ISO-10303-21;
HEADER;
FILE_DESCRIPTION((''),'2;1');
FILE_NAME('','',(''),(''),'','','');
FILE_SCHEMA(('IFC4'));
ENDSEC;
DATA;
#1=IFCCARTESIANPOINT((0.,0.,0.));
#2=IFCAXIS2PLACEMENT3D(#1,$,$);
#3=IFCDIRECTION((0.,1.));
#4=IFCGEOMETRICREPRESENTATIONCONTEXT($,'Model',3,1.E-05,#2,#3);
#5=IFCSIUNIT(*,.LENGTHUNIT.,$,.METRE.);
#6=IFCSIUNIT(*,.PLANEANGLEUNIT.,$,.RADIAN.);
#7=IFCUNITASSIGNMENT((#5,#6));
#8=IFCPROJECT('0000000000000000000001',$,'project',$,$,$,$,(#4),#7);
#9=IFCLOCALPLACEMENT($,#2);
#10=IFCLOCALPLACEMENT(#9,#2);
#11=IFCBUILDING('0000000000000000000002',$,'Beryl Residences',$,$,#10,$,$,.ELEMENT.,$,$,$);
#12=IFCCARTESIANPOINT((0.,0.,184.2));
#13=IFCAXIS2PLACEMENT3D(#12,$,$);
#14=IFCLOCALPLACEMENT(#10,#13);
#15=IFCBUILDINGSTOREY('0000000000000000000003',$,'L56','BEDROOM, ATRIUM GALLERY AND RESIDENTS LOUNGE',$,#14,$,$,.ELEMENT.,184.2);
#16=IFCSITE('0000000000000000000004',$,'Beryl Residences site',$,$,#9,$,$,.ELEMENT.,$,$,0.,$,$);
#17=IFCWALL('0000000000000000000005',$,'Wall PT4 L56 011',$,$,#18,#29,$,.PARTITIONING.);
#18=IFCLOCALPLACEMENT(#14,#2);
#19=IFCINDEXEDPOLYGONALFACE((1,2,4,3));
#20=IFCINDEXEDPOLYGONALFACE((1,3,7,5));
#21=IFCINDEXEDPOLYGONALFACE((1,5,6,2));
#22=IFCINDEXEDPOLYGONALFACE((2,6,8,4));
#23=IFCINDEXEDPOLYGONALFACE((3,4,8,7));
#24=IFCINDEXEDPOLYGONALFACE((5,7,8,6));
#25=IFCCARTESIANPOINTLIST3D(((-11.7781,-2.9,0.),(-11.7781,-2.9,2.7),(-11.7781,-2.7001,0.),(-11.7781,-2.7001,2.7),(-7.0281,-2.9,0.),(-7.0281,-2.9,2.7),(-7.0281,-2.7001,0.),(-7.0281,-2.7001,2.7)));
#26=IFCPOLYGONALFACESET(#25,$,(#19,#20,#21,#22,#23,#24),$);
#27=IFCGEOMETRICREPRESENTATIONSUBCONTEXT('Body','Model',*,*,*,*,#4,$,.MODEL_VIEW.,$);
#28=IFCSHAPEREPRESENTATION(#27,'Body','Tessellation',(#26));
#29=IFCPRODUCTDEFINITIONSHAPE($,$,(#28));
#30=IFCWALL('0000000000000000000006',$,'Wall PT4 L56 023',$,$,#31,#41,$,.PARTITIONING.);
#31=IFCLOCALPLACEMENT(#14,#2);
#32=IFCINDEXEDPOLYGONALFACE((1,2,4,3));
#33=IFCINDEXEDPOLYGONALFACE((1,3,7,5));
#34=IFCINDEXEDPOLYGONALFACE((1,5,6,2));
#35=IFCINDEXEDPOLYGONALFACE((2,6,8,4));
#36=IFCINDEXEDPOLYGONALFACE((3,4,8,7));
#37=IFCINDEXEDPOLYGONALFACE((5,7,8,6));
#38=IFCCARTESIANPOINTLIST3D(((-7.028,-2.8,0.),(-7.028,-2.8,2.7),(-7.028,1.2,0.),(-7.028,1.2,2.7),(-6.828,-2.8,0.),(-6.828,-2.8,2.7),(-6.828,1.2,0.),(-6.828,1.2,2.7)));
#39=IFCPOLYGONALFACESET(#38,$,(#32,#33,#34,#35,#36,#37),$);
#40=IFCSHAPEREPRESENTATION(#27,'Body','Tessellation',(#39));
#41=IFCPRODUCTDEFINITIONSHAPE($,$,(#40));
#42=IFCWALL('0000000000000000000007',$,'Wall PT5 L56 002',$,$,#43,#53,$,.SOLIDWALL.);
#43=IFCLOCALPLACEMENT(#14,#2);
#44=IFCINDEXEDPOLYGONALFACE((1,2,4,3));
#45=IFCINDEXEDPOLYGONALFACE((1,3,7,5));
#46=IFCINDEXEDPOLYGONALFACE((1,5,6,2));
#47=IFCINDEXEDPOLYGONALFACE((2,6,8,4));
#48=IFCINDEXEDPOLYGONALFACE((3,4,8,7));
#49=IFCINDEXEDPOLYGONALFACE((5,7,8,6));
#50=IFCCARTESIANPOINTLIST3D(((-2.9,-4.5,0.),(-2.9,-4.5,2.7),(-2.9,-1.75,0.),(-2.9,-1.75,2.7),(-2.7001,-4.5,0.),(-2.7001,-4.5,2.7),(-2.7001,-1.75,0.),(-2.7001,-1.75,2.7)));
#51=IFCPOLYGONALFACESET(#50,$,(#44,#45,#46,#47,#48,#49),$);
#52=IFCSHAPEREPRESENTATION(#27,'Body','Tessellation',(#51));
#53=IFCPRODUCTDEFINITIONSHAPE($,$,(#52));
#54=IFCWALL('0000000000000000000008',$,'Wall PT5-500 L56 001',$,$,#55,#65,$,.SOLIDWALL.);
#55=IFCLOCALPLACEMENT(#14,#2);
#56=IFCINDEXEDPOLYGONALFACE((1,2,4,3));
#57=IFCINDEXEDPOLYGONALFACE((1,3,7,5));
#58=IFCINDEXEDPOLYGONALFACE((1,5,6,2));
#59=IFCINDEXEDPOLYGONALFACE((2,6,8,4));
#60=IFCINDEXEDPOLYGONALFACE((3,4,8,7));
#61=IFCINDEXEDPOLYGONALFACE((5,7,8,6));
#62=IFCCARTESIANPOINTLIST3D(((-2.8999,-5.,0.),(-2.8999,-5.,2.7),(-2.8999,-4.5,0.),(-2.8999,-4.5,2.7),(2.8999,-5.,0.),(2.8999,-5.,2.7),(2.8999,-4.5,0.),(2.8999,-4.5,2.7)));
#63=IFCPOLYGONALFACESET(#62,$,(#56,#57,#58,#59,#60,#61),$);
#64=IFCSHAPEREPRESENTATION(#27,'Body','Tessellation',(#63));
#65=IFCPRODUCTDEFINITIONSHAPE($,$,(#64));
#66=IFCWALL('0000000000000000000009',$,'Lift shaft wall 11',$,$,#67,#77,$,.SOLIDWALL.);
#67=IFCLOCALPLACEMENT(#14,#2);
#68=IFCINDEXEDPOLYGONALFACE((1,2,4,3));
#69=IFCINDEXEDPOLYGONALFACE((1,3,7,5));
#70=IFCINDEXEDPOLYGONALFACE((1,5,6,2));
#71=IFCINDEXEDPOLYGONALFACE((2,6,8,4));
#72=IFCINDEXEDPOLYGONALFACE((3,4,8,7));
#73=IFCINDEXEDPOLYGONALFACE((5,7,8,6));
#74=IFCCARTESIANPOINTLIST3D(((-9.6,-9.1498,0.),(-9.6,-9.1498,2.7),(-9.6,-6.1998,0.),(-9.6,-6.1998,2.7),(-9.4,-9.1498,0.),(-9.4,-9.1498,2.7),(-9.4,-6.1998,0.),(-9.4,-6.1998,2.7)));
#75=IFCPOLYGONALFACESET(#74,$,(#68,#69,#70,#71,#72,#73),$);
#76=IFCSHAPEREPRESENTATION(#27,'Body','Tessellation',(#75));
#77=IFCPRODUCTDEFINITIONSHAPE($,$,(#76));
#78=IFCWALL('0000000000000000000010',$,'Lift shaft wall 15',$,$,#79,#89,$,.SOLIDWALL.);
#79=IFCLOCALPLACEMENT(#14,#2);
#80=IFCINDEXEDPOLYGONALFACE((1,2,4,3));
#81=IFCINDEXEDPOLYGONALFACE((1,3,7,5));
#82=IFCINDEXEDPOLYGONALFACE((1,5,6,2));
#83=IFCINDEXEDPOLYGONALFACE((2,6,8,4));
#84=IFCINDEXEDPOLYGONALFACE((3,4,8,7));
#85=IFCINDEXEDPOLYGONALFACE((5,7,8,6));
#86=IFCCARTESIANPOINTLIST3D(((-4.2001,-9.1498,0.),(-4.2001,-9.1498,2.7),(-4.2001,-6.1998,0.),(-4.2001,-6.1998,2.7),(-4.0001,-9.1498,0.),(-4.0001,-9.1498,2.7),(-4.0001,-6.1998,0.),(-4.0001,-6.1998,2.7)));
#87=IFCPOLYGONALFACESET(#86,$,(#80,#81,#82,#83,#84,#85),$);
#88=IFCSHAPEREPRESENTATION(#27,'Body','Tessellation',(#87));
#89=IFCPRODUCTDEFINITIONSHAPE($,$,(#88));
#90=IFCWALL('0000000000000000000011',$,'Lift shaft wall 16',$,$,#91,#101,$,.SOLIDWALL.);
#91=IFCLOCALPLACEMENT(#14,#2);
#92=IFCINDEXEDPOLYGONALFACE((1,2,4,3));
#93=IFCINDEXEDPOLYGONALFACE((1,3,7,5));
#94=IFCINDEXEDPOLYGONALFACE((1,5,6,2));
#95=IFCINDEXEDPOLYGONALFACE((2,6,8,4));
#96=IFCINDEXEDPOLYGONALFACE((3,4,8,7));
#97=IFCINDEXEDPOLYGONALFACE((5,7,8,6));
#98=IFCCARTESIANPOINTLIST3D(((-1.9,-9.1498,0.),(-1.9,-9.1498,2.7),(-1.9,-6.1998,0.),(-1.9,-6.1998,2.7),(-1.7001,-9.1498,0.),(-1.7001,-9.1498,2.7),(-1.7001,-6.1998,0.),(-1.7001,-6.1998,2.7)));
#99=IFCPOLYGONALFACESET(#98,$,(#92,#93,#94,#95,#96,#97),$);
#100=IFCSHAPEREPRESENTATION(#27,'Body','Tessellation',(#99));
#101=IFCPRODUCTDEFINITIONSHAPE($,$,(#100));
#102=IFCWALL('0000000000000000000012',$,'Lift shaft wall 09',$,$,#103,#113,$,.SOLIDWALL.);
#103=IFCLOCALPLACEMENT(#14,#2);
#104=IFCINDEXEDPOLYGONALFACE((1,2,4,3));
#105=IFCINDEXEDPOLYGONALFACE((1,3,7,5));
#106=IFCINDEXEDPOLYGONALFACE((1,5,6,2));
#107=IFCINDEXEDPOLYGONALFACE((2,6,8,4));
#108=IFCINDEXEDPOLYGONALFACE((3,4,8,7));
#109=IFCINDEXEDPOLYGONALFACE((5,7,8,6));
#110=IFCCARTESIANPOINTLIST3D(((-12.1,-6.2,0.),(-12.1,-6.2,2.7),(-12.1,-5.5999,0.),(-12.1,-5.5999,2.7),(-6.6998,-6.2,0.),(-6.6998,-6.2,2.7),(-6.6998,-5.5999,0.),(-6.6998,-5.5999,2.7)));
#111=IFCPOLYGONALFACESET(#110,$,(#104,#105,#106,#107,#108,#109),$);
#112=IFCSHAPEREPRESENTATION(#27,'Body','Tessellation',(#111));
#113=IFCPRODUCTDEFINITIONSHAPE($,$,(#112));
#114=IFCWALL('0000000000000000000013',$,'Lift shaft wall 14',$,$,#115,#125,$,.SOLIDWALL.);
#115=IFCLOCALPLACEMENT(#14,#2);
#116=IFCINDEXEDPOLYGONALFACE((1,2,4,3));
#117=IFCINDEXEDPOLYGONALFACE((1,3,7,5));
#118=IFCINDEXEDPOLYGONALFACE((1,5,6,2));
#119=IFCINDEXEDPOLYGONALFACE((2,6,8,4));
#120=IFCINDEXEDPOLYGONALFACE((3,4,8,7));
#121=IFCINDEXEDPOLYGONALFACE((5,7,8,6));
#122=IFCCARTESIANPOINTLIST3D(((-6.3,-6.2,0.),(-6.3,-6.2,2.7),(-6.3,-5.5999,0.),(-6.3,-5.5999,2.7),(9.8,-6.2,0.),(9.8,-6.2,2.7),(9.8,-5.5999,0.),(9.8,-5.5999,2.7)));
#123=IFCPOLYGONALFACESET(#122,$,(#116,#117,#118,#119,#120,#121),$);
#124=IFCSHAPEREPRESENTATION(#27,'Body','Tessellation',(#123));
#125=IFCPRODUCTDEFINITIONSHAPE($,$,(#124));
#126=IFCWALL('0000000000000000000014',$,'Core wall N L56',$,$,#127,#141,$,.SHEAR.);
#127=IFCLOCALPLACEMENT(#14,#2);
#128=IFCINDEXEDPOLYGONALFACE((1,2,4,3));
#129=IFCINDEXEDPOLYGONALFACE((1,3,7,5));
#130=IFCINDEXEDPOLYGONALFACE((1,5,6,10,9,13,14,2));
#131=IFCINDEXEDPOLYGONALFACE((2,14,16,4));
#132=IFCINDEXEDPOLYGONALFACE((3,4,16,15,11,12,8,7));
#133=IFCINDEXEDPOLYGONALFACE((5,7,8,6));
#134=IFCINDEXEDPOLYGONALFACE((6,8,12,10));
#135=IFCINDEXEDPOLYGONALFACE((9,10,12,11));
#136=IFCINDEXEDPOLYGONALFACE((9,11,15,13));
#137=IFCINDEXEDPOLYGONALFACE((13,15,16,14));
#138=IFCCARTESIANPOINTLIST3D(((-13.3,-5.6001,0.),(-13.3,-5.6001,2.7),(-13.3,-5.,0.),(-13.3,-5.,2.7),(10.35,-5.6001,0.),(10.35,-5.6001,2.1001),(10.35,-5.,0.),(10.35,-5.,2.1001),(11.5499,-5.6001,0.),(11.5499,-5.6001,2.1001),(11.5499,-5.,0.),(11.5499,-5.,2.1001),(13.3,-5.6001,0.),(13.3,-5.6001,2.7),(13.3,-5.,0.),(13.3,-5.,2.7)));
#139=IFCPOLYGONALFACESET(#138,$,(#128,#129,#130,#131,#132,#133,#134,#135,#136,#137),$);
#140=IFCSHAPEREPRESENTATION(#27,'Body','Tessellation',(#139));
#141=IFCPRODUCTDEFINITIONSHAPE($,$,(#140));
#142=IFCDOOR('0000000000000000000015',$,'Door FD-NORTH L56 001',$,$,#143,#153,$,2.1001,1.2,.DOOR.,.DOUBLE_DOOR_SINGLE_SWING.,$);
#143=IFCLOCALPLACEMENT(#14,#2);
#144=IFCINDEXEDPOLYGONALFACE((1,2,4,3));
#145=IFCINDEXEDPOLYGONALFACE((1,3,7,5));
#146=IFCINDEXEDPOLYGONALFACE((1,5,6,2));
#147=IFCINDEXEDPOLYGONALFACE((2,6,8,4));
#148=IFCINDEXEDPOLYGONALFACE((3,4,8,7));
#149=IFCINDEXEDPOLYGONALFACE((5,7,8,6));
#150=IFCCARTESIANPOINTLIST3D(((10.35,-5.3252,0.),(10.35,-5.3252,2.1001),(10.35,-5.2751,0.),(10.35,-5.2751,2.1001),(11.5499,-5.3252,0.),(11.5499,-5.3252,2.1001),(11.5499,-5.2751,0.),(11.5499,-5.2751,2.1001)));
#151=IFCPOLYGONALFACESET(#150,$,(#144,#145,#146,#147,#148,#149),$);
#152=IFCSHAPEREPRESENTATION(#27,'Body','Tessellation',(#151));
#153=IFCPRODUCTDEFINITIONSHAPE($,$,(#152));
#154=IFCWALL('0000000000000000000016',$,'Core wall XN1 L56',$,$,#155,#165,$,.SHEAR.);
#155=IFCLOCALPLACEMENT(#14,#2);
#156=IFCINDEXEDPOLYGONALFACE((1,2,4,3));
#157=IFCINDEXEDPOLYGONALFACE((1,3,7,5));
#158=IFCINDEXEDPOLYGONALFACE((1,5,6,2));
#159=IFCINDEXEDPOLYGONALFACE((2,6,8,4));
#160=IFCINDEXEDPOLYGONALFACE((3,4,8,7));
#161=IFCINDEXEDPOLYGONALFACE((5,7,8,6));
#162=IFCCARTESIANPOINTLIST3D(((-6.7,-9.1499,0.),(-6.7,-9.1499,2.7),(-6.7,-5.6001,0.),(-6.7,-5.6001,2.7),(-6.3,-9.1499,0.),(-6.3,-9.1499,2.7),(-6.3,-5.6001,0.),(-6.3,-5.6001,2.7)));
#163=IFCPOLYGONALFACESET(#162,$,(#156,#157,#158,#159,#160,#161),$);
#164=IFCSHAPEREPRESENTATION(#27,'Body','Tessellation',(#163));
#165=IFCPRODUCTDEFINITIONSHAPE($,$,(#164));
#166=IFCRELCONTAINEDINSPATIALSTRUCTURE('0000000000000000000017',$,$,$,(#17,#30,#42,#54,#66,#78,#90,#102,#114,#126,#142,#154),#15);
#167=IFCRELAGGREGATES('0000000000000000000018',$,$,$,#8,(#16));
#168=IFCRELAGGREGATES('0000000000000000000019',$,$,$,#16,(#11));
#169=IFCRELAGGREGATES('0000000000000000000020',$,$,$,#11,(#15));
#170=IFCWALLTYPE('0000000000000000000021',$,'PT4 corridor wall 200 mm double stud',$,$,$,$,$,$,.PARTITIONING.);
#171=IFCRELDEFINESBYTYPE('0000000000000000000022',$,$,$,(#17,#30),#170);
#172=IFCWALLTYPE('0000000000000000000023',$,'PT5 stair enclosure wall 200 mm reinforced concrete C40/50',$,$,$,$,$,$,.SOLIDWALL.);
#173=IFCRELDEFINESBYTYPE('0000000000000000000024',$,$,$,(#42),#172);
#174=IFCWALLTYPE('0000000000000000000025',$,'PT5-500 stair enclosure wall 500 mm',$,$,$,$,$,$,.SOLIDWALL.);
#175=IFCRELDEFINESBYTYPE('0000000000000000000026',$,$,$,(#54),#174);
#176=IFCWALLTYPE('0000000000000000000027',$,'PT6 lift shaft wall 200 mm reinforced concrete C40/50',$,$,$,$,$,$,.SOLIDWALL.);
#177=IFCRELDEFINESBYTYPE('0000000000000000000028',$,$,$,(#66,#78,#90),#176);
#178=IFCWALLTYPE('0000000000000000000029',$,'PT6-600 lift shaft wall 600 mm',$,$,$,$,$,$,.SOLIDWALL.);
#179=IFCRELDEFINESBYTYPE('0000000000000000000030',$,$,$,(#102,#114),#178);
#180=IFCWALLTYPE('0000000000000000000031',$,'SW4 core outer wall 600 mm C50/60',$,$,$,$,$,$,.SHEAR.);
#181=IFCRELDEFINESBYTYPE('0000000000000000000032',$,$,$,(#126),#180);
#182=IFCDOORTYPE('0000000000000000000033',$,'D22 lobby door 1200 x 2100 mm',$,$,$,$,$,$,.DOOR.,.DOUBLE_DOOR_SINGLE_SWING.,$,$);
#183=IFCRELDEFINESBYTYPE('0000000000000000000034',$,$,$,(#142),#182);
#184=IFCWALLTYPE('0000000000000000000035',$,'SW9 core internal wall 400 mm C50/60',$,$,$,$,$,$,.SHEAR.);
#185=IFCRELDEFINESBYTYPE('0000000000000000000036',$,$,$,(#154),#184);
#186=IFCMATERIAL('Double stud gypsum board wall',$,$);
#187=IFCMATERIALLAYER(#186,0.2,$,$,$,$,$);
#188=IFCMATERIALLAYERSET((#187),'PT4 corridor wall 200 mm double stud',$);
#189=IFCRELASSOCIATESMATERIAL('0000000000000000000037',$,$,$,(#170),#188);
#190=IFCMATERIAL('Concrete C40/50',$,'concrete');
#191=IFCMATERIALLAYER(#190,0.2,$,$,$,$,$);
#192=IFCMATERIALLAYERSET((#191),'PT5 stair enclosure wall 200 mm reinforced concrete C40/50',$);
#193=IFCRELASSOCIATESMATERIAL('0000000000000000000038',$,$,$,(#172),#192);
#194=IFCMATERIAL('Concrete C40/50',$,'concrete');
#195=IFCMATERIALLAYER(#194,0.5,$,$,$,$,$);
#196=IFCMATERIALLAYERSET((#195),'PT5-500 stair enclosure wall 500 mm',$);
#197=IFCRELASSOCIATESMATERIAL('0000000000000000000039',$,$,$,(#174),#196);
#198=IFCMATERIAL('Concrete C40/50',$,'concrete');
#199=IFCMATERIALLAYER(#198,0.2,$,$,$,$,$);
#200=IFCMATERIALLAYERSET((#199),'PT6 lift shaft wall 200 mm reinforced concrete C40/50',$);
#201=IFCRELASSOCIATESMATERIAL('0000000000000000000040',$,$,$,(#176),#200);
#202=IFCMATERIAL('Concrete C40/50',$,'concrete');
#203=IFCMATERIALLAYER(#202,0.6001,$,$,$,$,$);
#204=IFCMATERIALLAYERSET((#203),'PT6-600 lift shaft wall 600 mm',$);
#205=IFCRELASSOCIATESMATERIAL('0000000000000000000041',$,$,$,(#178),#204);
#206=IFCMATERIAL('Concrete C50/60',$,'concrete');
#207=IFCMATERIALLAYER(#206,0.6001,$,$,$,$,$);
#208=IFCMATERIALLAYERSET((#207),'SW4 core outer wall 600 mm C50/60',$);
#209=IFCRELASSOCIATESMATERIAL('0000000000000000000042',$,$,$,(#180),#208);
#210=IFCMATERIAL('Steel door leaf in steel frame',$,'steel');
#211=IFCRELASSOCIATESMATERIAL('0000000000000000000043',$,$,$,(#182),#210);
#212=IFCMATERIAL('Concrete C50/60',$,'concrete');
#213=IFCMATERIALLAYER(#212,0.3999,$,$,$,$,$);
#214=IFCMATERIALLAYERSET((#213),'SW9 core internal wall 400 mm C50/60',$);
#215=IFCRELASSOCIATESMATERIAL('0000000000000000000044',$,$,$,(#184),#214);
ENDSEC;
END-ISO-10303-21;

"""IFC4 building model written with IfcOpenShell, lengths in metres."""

from ifc_helpers import new_model, si_unit, direction, frame, frame_2d, origin, place, context, subcontext, project, spatial, rectangle, extrude, material, layer, layer_set, type_object, element, fill, save


model = new_model("IFC4")

# Units and contexts
model_context = context("Model", 3, precision=1e-05, world=origin(), true_north=direction((0.0, 1.0)))
body_context = subcontext(model_context, "Body", "Model", "MODEL_VIEW")
ifc_project = project(units=[si_unit("LENGTHUNIT", "METRE"), si_unit("PLANEANGLEUNIT", "RADIAN")], contexts=[model_context])

# Site, building, storey
site_placement = place(None, origin())
site = spatial("IfcSite", under=ifc_project, at=site_placement, Name="Beryl Residences site", CompositionType="ELEMENT", RefElevation=0.0)
building_placement = place(site_placement, origin())
building = spatial("IfcBuilding", under=site, at=building_placement, Name="Beryl Residences", CompositionType="ELEMENT")
storey_placement = place(building_placement, frame((0.0, 0.0, 184.2)))
storey = spatial("IfcBuildingStorey", under=building, at=storey_placement, Name="L56", Description="BEDROOM, ATRIUM GALLERY AND RESIDENTS LOUNGE", CompositionType="ELEMENT", Elevation=184.2)

# Walls
ifc_material_1 = material(Name="Double stud gypsum board wall")
ifc_layer_1 = layer(ifc_material_1, 0.2)
ifc_layer_set_1 = layer_set([ifc_layer_1], Name="PT4 corridor wall 200 mm double stud")
wall_type_1 = type_object("IfcWallType", Name="PT4 corridor wall 200 mm double stud", PredefinedType="PARTITIONING", material=ifc_layer_set_1)
wall_1_placement = place(storey_placement, frame((-11.7781, -2.8, 0.0), z_axis=(0.0, 0.0, 1.0), x_axis=(1.0, 0.0, 0.0)))
element("IfcWall", 1, at=wall_1_placement, inside=storey, type_object=wall_type_1, Name="Wall PT4 L56 011", PredefinedType="PARTITIONING", context=body_context, shape_type="SweptSolid", body=[
    extrude(rectangle(XDim=4.75, YDim=0.2, at=frame_2d((2.375, 0.0))), origin(), (0.0, 0.0, 1.0), 2.7),
])
wall_2_placement = place(storey_placement, frame((-6.928, -2.8, 0.0), z_axis=(0.0, 0.0, 1.0), x_axis=(0.0, 1.0, 0.0)))
element("IfcWall", 2, at=wall_2_placement, inside=storey, type_object=wall_type_1, Name="Wall PT4 L56 023", PredefinedType="PARTITIONING", context=body_context, shape_type="SweptSolid", body=[
    extrude(rectangle(XDim=4.0, YDim=0.2, at=frame_2d((2.0, 0.0))), origin(), (0.0, 0.0, 1.0), 2.7),
])
ifc_material_2 = material(Name="Concrete C40/50", Category="concrete")
ifc_layer_2 = layer(ifc_material_2, 0.2)
ifc_layer_set_2 = layer_set([ifc_layer_2], Name="PT5 stair enclosure wall 200 mm reinforced concrete C40/50")
wall_type_2 = type_object("IfcWallType", Name="PT5 stair enclosure wall 200 mm reinforced concrete C40/50", PredefinedType="SOLIDWALL", material=ifc_layer_set_2)
wall_3_placement = place(storey_placement, frame((-2.8, -4.5, 0.0), z_axis=(0.0, 0.0, 1.0), x_axis=(0.0, 1.0, 0.0)))
element("IfcWall", 3, at=wall_3_placement, inside=storey, type_object=wall_type_2, Name="Wall PT5 L56 002", PredefinedType="SOLIDWALL", context=body_context, shape_type="SweptSolid", body=[
    extrude(rectangle(XDim=2.75, YDim=0.2, at=frame_2d((1.375, 0.0))), origin(), (0.0, 0.0, 1.0), 2.7),
])
ifc_material_3 = material(Name="Concrete C40/50", Category="concrete")
ifc_layer_3 = layer(ifc_material_3, 0.5)
ifc_layer_set_3 = layer_set([ifc_layer_3], Name="PT5-500 stair enclosure wall 500 mm")
wall_type_3 = type_object("IfcWallType", Name="PT5-500 stair enclosure wall 500 mm", PredefinedType="SOLIDWALL", material=ifc_layer_set_3)
wall_4_placement = place(storey_placement, frame((-2.8999, -4.75, 0.0), z_axis=(0.0, 0.0, 1.0), x_axis=(1.0, 0.0, 0.0)))
element("IfcWall", 4, at=wall_4_placement, inside=storey, type_object=wall_type_3, Name="Wall PT5-500 L56 001", PredefinedType="SOLIDWALL", context=body_context, shape_type="SweptSolid", body=[
    extrude(rectangle(XDim=5.7998, YDim=0.5, at=frame_2d((2.8999, 0.0))), origin(), (0.0, 0.0, 1.0), 2.7),
])
ifc_material_4 = material(Name="Concrete C40/50", Category="concrete")
ifc_layer_4 = layer(ifc_material_4, 0.2)
ifc_layer_set_4 = layer_set([ifc_layer_4], Name="PT6 lift shaft wall 200 mm reinforced concrete C40/50")
wall_type_4 = type_object("IfcWallType", Name="PT6 lift shaft wall 200 mm reinforced concrete C40/50", PredefinedType="SOLIDWALL", material=ifc_layer_set_4)
for number, where, z_axis, x_axis, name in (
    (5, (-9.5, -9.1499, 0.0), (0.0, 0.0, 1.0), (0.0, 1.0, 0.0), "Lift shaft wall 11"),
    (6, (-4.1001, -9.1499, 0.0), (0.0, 0.0, 1.0), (0.0, 1.0, 0.0), "Lift shaft wall 15"),
    (7, (-1.8, -9.1499, 0.0), (0.0, 0.0, 1.0), (0.0, 1.0, 0.0), "Lift shaft wall 16"),
):
    element("IfcWall", number, at=place(storey_placement, frame(where, z_axis=z_axis, x_axis=x_axis)), inside=storey, type_object=wall_type_4, Name=name, PredefinedType="SOLIDWALL", context=body_context, shape_type="SweptSolid", body=[
        extrude(rectangle(XDim=2.95, YDim=0.2, at=frame_2d((1.4751, 0.0))), origin(), (0.0, 0.0, 1.0), 2.7),
    ])
ifc_material_5 = material(Name="Concrete C40/50", Category="concrete")
ifc_layer_5 = layer(ifc_material_5, 0.6001)
ifc_layer_set_5 = layer_set([ifc_layer_5], Name="PT6-600 lift shaft wall 600 mm")
wall_type_5 = type_object("IfcWallType", Name="PT6-600 lift shaft wall 600 mm", PredefinedType="SOLIDWALL", material=ifc_layer_set_5)
wall_5_placement = place(storey_placement, frame((-12.1001, -5.8999, 0.0), z_axis=(0.0, 0.0, 1.0), x_axis=(1.0, 0.0, 0.0)))
element("IfcWall", 8, at=wall_5_placement, inside=storey, type_object=wall_type_5, Name="Lift shaft wall 09", PredefinedType="SOLIDWALL", context=body_context, shape_type="SweptSolid", body=[
    extrude(rectangle(XDim=5.4001, YDim=0.6001, at=frame_2d((2.7002, 0.0))), origin(), (0.0, 0.0, 1.0), 2.7),
])
wall_6_placement = place(storey_placement, frame((-6.3, -5.8999, 0.0), z_axis=(0.0, 0.0, 1.0), x_axis=(1.0, 0.0, 0.0)))
element("IfcWall", 9, at=wall_6_placement, inside=storey, type_object=wall_type_5, Name="Lift shaft wall 14", PredefinedType="SOLIDWALL", context=body_context, shape_type="SweptSolid", body=[
    extrude(rectangle(XDim=16.1001, YDim=0.6001, at=frame_2d((8.05, 0.0))), origin(), (0.0, 0.0, 1.0), 2.7),
])

# Wall, opening, door
ifc_material_6 = material(Name="Concrete C50/60", Category="concrete")
ifc_layer_6 = layer(ifc_material_6, 0.6001)
ifc_layer_set_6 = layer_set([ifc_layer_6], Name="SW4 core outer wall 600 mm C50/60")
wall_type_6 = type_object("IfcWallType", Name="SW4 core outer wall 600 mm C50/60", PredefinedType="SHEAR", material=ifc_layer_set_6)
wall_7_placement = place(storey_placement, frame((-13.3, -5.3, 0.0), z_axis=(0.0, 0.0, 1.0), x_axis=(1.0, 0.0, 0.0)))
wall_7 = element("IfcWall", 10, at=wall_7_placement, inside=storey, type_object=wall_type_6, Name="Core wall N L56", PredefinedType="SHEAR", context=body_context, shape_type="SweptSolid", body=[
    extrude(rectangle(XDim=26.6001, YDim=0.6001, at=frame_2d((13.3, 0.0))), origin(), (0.0, 0.0, 1.0), 2.7),
])
opening_placement = place(wall_7_placement, frame((23.6499, 0.0, 0.0)))
opening = element("IfcOpeningElement", 11, at=opening_placement, cuts=wall_7, PredefinedType="OPENING", context=body_context, shape_type="SweptSolid", body=[
    extrude(rectangle(XDim=1.2, YDim=2.1001, at=frame_2d((0.6001, 1.05))), frame((0.0, 0.3101, 0.0), z_axis=(0.0, -1.0, 0.0), x_axis=(1.0, 0.0, 0.0)), (0.0, 0.0, 1.0), 0.6201),
])
ifc_material_7 = material(Name="Steel door leaf in steel frame", Category="steel")
door_type = type_object("IfcDoorType", Name="D22 lobby door 1200 x 2100 mm", OperationType="DOUBLE_DOOR_SINGLE_SWING", PredefinedType="DOOR", material=ifc_material_7)
door_placement = place(opening_placement, origin())
door = element("IfcDoor", 12, at=door_placement, inside=storey, type_object=door_type, Name="Door FD-NORTH L56 001", OperationType="DOUBLE_DOOR_SINGLE_SWING", OverallHeight=2.1001, OverallWidth=1.2, PredefinedType="DOOR", context=body_context, shape_type="SweptSolid", body=[
    extrude(rectangle(XDim=1.2, YDim=2.1001, at=frame_2d((0.6001, 1.05))), frame((0.0, 0.0249, 0.0), z_axis=(0.0, -1.0, 0.0), x_axis=(1.0, 0.0, 0.0)), (0.0, 0.0, 1.0), 0.05),
])
fill(opening, door)

# Wall
ifc_material_8 = material(Name="Concrete C50/60", Category="concrete")
ifc_layer_7 = layer(ifc_material_8, 0.3999)
ifc_layer_set_7 = layer_set([ifc_layer_7], Name="SW9 core internal wall 400 mm C50/60")
wall_type_7 = type_object("IfcWallType", Name="SW9 core internal wall 400 mm C50/60", PredefinedType="SHEAR", material=ifc_layer_set_7)
wall_8_placement = place(storey_placement, frame((-6.5, -9.1499, 0.0), z_axis=(0.0, 0.0, 1.0), x_axis=(0.0, 1.0, 0.0)))
element("IfcWall", 13, at=wall_8_placement, inside=storey, type_object=wall_type_7, Name="Core wall XN1 L56", PredefinedType="SHEAR", context=body_context, shape_type="SweptSolid", body=[
    extrude(rectangle(XDim=3.5498, YDim=0.3999, at=frame_2d((1.7749, 0.0))), origin(), (0.0, 0.0, 1.0), 2.7),
])

save(model, "model.ifc")
